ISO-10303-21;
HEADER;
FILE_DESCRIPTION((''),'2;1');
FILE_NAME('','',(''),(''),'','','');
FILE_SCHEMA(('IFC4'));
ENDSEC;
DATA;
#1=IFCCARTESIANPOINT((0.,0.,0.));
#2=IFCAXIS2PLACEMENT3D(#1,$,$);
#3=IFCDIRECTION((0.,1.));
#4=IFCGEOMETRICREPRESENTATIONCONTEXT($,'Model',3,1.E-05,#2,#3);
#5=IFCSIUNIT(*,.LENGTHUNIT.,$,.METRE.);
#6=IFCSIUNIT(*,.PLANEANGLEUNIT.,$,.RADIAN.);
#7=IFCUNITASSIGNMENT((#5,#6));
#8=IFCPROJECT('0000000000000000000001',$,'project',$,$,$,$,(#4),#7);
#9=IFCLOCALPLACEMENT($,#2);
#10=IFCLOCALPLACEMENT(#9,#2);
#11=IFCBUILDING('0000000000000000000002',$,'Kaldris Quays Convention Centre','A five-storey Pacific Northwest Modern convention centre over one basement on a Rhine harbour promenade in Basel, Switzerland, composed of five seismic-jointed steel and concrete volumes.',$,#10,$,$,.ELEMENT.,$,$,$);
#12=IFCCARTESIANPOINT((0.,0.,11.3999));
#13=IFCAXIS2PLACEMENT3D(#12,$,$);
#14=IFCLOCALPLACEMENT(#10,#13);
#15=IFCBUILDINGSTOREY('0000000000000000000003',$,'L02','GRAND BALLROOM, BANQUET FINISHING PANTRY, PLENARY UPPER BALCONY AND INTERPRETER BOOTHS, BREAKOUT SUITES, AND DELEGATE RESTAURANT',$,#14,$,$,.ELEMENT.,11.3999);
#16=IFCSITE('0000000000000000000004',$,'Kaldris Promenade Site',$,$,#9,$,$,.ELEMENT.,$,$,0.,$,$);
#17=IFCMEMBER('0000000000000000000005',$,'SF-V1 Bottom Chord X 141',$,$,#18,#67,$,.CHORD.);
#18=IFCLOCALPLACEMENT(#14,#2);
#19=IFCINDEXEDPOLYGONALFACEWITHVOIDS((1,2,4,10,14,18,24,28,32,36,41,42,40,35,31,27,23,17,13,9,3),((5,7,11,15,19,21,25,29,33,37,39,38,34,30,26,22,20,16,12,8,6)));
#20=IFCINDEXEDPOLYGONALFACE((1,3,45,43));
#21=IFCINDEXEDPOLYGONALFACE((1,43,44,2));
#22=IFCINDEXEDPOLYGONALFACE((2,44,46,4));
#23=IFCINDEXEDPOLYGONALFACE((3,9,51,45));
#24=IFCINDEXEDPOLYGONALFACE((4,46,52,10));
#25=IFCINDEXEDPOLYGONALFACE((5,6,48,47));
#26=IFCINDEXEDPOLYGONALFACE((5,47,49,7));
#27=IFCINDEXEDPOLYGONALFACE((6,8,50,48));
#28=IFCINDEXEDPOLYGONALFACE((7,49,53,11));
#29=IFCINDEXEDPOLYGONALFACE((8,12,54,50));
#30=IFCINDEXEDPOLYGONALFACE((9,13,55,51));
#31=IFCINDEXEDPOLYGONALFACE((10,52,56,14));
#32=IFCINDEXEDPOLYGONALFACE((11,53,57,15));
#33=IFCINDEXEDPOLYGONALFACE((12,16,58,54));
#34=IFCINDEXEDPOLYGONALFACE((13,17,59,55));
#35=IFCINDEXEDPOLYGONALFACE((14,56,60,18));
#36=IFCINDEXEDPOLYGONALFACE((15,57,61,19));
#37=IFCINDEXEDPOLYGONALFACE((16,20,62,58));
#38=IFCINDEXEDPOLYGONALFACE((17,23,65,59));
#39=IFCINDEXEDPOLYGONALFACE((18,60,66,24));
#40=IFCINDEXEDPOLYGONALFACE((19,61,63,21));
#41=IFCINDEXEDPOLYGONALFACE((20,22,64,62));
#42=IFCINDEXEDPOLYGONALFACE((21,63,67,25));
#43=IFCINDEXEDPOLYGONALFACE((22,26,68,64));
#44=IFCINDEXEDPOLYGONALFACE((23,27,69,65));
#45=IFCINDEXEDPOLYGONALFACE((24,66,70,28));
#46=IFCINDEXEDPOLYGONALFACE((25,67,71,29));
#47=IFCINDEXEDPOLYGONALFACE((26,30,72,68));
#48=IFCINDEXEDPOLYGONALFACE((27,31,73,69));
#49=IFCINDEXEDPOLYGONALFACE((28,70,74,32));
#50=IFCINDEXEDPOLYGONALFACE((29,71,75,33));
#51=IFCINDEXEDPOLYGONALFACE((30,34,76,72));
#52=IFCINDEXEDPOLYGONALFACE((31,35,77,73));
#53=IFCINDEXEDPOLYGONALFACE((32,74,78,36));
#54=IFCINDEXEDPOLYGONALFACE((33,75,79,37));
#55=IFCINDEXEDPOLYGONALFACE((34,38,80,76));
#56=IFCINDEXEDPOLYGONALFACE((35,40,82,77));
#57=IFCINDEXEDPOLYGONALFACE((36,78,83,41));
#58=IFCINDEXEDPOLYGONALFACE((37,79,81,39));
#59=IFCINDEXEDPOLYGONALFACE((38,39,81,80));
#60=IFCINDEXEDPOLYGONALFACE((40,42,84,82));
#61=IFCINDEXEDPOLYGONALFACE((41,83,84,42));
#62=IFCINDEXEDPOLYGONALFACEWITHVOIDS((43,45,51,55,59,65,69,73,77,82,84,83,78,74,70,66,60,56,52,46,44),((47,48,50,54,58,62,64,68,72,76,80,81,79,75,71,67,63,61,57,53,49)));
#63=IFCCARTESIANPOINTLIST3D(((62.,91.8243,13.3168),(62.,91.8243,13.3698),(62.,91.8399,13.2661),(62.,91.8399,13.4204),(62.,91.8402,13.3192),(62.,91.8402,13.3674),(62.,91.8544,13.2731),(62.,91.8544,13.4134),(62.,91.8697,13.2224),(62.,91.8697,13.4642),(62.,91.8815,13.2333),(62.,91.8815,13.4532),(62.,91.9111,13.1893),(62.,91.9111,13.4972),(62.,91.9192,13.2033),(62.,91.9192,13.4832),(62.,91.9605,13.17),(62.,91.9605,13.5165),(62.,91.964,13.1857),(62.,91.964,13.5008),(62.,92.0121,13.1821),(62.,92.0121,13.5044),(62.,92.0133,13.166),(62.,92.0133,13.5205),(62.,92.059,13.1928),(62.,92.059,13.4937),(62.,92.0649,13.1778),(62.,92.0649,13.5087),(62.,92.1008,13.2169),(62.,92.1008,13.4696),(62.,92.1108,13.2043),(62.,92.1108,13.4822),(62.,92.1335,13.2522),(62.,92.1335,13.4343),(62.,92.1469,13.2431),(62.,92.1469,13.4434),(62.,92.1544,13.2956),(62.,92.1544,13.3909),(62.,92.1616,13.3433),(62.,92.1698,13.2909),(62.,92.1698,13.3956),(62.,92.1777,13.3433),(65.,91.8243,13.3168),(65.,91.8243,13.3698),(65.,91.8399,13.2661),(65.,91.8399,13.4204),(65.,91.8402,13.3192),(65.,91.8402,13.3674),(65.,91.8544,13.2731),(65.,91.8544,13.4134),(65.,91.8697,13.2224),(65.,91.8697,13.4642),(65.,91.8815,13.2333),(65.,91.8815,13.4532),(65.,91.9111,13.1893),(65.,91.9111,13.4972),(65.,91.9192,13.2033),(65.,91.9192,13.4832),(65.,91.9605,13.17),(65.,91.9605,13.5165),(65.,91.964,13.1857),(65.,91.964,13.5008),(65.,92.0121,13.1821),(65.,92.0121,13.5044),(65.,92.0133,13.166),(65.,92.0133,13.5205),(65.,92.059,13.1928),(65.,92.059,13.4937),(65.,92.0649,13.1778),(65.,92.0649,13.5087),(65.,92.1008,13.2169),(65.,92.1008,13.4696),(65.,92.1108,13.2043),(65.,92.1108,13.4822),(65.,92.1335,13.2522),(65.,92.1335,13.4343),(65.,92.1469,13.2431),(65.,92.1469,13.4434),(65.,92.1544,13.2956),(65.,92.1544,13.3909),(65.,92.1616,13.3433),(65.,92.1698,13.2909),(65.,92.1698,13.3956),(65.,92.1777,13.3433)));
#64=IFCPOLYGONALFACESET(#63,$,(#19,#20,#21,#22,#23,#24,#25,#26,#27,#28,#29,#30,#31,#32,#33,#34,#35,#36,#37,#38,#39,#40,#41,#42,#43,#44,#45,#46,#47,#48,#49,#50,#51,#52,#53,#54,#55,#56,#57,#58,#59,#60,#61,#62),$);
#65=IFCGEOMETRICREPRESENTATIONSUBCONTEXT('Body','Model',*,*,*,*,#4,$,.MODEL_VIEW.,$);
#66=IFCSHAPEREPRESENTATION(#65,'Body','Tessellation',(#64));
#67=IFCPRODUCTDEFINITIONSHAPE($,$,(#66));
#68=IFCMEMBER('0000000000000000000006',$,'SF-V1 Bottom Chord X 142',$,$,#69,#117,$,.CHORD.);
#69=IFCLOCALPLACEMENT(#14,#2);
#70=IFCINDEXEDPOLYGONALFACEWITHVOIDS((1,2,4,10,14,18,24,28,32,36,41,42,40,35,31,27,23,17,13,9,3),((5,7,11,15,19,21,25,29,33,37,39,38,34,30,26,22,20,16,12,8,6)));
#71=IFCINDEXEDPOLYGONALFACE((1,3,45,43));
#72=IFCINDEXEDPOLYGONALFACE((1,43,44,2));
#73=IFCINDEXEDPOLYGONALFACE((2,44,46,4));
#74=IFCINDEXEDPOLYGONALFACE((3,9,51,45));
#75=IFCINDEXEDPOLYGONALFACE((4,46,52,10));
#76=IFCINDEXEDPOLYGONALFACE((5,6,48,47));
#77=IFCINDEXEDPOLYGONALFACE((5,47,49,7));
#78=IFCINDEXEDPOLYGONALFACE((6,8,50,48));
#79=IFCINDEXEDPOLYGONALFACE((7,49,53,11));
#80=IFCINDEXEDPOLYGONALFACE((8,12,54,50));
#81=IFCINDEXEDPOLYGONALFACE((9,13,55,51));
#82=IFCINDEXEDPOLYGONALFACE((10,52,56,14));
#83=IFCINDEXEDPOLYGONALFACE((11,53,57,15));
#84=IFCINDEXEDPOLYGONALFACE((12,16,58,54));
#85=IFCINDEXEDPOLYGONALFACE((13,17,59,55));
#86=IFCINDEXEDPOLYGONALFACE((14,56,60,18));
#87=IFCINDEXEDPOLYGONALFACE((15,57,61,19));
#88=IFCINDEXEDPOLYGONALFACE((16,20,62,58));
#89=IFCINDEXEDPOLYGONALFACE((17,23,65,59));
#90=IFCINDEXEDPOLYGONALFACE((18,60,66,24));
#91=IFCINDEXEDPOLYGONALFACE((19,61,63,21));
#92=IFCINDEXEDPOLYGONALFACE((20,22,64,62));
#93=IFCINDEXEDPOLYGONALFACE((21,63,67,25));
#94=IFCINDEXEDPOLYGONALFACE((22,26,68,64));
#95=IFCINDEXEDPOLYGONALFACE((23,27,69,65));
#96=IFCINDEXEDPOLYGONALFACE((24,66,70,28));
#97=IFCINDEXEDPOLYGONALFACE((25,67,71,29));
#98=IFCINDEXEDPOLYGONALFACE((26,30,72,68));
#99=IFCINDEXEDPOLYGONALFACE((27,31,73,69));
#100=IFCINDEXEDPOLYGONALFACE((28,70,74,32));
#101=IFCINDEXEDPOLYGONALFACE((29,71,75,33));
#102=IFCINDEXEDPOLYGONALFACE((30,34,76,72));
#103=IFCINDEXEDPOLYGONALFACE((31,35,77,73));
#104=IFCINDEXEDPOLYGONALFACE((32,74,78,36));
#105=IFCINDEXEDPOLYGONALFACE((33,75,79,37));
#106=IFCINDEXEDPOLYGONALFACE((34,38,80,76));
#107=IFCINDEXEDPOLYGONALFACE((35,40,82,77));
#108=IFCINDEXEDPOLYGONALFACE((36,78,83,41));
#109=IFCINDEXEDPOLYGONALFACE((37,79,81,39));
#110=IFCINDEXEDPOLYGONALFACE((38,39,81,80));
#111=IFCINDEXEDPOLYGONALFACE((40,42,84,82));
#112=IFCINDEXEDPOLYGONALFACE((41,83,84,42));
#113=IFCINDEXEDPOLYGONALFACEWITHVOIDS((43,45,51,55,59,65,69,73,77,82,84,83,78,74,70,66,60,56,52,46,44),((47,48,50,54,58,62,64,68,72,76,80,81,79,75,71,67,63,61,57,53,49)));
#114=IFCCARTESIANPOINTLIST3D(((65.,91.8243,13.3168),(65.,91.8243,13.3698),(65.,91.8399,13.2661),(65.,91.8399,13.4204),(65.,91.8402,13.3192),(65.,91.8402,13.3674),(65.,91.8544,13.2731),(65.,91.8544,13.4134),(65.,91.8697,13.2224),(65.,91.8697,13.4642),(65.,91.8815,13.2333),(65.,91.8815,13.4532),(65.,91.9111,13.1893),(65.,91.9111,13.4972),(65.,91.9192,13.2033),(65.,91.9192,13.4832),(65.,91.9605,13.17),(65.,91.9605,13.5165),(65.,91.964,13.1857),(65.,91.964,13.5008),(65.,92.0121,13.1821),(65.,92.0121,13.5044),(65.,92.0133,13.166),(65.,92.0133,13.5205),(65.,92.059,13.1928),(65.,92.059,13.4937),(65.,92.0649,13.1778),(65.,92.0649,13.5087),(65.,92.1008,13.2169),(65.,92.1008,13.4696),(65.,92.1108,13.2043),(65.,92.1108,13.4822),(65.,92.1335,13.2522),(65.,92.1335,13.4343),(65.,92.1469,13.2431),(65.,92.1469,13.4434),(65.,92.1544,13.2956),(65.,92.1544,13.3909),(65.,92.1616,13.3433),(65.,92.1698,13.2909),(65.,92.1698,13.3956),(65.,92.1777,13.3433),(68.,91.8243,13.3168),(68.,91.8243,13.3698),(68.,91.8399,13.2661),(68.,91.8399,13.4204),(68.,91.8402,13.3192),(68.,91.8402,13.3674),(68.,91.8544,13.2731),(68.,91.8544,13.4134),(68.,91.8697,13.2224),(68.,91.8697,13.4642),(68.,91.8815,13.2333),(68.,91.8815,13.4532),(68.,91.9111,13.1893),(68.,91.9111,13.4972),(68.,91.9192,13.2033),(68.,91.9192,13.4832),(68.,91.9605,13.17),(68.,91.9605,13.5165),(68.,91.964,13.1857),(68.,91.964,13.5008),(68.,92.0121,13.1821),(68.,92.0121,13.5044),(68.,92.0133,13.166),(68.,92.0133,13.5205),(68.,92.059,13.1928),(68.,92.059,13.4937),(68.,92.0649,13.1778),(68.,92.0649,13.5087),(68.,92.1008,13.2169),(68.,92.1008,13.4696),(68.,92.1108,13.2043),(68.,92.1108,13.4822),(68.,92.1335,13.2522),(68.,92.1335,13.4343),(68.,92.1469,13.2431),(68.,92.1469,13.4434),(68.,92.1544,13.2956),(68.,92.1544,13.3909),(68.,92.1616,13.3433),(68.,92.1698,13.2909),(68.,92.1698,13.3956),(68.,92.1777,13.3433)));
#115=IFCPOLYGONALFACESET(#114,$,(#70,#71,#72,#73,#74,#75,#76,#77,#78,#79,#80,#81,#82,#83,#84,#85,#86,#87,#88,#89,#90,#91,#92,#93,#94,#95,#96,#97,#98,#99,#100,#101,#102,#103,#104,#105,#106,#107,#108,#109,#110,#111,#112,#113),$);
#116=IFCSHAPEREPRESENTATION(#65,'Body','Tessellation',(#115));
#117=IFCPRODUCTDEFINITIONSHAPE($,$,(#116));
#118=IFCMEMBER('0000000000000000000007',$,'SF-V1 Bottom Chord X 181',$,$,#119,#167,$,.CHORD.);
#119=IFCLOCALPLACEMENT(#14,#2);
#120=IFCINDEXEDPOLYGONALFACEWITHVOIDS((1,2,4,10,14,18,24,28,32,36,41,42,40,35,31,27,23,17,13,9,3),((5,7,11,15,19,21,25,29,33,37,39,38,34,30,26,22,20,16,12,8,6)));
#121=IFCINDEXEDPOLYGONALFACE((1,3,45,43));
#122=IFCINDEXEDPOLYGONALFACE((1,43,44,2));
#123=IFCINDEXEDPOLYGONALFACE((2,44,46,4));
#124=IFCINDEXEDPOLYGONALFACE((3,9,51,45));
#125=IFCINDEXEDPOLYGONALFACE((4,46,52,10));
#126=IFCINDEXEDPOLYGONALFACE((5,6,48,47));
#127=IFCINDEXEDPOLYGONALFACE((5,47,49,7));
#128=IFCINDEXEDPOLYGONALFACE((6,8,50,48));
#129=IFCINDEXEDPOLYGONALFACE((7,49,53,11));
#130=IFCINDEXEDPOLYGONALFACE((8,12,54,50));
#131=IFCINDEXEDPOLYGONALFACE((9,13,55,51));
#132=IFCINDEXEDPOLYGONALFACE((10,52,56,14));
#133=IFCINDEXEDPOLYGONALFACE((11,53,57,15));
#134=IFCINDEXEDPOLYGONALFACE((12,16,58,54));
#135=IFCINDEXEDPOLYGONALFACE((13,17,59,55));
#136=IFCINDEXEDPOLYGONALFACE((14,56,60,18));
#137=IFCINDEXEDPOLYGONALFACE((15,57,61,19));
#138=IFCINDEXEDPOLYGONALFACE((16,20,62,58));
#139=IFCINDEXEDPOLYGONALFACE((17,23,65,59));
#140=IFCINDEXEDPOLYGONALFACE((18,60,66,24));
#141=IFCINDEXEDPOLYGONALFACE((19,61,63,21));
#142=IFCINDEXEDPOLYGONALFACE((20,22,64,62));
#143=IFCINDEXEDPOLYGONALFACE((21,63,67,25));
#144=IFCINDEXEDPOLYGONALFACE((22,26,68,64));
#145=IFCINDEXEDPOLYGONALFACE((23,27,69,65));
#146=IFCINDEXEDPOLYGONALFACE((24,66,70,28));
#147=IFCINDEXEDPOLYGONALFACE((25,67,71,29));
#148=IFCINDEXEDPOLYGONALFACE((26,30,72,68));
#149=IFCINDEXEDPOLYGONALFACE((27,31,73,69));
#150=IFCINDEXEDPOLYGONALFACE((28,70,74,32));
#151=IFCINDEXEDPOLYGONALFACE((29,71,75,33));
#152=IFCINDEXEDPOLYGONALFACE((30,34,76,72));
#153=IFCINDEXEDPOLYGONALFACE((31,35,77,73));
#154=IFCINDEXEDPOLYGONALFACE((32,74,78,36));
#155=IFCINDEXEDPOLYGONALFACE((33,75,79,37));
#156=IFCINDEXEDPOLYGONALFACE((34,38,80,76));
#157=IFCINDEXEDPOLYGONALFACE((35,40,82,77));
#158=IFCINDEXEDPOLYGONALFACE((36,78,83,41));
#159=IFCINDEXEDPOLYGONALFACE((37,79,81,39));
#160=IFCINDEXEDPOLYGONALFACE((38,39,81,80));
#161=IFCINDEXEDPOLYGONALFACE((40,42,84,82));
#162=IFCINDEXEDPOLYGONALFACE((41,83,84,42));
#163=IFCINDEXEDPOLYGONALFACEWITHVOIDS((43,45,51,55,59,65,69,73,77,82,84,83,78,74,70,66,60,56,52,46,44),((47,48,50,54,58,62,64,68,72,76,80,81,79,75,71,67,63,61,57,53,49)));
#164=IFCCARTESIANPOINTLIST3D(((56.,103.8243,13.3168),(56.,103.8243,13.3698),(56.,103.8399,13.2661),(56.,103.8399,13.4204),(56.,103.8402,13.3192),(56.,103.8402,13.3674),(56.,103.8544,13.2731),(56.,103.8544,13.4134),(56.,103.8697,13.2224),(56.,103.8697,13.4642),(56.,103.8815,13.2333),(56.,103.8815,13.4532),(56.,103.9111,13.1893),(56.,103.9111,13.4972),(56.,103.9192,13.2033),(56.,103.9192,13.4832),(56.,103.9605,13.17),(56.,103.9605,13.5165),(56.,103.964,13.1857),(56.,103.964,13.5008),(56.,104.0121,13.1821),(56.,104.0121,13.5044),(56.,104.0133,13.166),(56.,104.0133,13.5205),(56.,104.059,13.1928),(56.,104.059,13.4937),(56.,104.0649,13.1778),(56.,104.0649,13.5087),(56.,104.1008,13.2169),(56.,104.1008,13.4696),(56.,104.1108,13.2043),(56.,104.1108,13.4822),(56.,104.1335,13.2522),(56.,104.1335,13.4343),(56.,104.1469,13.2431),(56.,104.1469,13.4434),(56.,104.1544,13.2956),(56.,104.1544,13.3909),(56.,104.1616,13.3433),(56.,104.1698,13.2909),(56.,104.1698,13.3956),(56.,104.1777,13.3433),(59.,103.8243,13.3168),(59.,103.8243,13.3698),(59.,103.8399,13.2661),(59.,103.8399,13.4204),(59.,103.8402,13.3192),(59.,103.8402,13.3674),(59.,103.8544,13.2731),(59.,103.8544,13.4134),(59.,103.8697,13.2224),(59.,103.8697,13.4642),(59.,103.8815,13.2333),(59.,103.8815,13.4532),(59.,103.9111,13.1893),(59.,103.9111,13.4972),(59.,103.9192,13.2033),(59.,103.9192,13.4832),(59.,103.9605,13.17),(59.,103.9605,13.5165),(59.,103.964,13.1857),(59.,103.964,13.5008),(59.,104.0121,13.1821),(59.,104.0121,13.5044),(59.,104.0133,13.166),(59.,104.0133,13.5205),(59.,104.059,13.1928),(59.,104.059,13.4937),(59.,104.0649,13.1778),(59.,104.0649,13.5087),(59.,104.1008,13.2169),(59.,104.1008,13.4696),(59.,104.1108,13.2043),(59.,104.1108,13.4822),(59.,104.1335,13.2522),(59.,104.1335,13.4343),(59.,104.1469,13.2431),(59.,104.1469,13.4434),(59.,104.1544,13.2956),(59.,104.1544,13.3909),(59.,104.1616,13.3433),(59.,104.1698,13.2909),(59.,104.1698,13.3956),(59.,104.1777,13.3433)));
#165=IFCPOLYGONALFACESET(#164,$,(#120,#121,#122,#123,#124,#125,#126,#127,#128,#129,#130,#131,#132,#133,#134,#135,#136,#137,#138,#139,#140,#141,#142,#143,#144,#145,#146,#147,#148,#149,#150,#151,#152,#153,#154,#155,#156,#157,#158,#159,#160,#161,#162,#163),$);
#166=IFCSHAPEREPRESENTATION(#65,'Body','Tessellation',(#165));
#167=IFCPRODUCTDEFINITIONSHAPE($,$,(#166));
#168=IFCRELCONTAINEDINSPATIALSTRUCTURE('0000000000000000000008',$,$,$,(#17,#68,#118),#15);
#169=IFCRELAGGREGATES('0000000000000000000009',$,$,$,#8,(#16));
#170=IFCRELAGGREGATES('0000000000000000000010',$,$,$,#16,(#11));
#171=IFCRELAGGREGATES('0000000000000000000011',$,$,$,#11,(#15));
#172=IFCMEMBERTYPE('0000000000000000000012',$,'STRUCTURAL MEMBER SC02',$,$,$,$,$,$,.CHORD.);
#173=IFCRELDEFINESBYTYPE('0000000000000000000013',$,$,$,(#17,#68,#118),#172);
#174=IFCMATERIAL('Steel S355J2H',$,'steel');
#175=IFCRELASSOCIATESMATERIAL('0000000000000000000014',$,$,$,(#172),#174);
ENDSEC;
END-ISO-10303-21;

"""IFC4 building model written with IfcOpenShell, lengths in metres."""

from ifc_helpers import new_model, si_unit, direction, frame, origin, origin_2d, place, context, subcontext, project, spatial, hollow_circle, extrude, material, material_profile, profile_set, type_object, element, save


model = new_model("IFC4")

# Units and contexts
model_context = context("Model", 3, precision=1e-05, world=origin(), true_north=direction((0.0, 1.0)))
body_context = subcontext(model_context, "Body", "Model", "MODEL_VIEW")
ifc_project = project(units=[si_unit("LENGTHUNIT", "METRE"), si_unit("PLANEANGLEUNIT", "RADIAN")], contexts=[model_context])

# Site, building, storey
site_placement = place(None, origin())
site = spatial("IfcSite", under=ifc_project, at=site_placement, Name="Kaldris Promenade Site", CompositionType="ELEMENT", RefElevation=0.0)
building_placement = place(site_placement, origin())
building = spatial("IfcBuilding", under=site, at=building_placement, Name="Kaldris Quays Convention Centre", Description="A five-storey Pacific Northwest Modern convention centre over one basement on a Rhine harbour promenade in Basel, Switzerland, composed of five seismic-jointed steel and concrete volumes.", CompositionType="ELEMENT")
storey_placement = place(building_placement, frame((0.0, 0.0, 11.3999)))
storey = spatial("IfcBuildingStorey", under=building, at=storey_placement, Name="L02", Description="GRAND BALLROOM, BANQUET FINISHING PANTRY, PLENARY UPPER BALCONY AND INTERPRETER BOOTHS, BREAKOUT SUITES, AND DELEGATE RESTAURANT", CompositionType="ELEMENT", Elevation=11.3999)

# Members
ifc_material_1 = material(Name="Steel S355J2H", Category="steel")
ifc_material_profile_1 = material_profile(ifc_material_1, hollow_circle(Radius=0.1777, WallThickness=0.0161, at=origin_2d()), Name="CHS 355.6x16")
ifc_profile_set_1 = profile_set([ifc_material_profile_1], Name="Steel S355J2H")
member_type_1 = type_object("IfcMemberType", Name="STRUCTURAL MEMBER SC02", PredefinedType="CHORD", material=ifc_profile_set_1)
for number, where, z_axis, x_axis, name in (
    (1, (62.0, 92.0, 13.3433), (1.0, 0.0, 0.0), (0.0, 1.0, 0.0), "SF-V1 Bottom Chord X 141"),
    (2, (65.0, 92.0, 13.3433), (1.0, 0.0, 0.0), (0.0, 1.0, 0.0), "SF-V1 Bottom Chord X 142"),
    (3, (56.0, 104.0, 13.3433), (1.0, 0.0, 0.0), (0.0, 1.0, 0.0), "SF-V1 Bottom Chord X 181"),
):
    element("IfcMember", number, at=place(storey_placement, frame(where, z_axis=z_axis, x_axis=x_axis)), inside=storey, type_object=member_type_1, Name=name, PredefinedType="CHORD", context=body_context, shape_type="SweptSolid", body=[
        extrude(hollow_circle(Radius=0.1777, WallThickness=0.0161, at=origin_2d()), origin(), (0.0, 0.0, 1.0), 3.0),
    ])

save(model, "model.ifc")
